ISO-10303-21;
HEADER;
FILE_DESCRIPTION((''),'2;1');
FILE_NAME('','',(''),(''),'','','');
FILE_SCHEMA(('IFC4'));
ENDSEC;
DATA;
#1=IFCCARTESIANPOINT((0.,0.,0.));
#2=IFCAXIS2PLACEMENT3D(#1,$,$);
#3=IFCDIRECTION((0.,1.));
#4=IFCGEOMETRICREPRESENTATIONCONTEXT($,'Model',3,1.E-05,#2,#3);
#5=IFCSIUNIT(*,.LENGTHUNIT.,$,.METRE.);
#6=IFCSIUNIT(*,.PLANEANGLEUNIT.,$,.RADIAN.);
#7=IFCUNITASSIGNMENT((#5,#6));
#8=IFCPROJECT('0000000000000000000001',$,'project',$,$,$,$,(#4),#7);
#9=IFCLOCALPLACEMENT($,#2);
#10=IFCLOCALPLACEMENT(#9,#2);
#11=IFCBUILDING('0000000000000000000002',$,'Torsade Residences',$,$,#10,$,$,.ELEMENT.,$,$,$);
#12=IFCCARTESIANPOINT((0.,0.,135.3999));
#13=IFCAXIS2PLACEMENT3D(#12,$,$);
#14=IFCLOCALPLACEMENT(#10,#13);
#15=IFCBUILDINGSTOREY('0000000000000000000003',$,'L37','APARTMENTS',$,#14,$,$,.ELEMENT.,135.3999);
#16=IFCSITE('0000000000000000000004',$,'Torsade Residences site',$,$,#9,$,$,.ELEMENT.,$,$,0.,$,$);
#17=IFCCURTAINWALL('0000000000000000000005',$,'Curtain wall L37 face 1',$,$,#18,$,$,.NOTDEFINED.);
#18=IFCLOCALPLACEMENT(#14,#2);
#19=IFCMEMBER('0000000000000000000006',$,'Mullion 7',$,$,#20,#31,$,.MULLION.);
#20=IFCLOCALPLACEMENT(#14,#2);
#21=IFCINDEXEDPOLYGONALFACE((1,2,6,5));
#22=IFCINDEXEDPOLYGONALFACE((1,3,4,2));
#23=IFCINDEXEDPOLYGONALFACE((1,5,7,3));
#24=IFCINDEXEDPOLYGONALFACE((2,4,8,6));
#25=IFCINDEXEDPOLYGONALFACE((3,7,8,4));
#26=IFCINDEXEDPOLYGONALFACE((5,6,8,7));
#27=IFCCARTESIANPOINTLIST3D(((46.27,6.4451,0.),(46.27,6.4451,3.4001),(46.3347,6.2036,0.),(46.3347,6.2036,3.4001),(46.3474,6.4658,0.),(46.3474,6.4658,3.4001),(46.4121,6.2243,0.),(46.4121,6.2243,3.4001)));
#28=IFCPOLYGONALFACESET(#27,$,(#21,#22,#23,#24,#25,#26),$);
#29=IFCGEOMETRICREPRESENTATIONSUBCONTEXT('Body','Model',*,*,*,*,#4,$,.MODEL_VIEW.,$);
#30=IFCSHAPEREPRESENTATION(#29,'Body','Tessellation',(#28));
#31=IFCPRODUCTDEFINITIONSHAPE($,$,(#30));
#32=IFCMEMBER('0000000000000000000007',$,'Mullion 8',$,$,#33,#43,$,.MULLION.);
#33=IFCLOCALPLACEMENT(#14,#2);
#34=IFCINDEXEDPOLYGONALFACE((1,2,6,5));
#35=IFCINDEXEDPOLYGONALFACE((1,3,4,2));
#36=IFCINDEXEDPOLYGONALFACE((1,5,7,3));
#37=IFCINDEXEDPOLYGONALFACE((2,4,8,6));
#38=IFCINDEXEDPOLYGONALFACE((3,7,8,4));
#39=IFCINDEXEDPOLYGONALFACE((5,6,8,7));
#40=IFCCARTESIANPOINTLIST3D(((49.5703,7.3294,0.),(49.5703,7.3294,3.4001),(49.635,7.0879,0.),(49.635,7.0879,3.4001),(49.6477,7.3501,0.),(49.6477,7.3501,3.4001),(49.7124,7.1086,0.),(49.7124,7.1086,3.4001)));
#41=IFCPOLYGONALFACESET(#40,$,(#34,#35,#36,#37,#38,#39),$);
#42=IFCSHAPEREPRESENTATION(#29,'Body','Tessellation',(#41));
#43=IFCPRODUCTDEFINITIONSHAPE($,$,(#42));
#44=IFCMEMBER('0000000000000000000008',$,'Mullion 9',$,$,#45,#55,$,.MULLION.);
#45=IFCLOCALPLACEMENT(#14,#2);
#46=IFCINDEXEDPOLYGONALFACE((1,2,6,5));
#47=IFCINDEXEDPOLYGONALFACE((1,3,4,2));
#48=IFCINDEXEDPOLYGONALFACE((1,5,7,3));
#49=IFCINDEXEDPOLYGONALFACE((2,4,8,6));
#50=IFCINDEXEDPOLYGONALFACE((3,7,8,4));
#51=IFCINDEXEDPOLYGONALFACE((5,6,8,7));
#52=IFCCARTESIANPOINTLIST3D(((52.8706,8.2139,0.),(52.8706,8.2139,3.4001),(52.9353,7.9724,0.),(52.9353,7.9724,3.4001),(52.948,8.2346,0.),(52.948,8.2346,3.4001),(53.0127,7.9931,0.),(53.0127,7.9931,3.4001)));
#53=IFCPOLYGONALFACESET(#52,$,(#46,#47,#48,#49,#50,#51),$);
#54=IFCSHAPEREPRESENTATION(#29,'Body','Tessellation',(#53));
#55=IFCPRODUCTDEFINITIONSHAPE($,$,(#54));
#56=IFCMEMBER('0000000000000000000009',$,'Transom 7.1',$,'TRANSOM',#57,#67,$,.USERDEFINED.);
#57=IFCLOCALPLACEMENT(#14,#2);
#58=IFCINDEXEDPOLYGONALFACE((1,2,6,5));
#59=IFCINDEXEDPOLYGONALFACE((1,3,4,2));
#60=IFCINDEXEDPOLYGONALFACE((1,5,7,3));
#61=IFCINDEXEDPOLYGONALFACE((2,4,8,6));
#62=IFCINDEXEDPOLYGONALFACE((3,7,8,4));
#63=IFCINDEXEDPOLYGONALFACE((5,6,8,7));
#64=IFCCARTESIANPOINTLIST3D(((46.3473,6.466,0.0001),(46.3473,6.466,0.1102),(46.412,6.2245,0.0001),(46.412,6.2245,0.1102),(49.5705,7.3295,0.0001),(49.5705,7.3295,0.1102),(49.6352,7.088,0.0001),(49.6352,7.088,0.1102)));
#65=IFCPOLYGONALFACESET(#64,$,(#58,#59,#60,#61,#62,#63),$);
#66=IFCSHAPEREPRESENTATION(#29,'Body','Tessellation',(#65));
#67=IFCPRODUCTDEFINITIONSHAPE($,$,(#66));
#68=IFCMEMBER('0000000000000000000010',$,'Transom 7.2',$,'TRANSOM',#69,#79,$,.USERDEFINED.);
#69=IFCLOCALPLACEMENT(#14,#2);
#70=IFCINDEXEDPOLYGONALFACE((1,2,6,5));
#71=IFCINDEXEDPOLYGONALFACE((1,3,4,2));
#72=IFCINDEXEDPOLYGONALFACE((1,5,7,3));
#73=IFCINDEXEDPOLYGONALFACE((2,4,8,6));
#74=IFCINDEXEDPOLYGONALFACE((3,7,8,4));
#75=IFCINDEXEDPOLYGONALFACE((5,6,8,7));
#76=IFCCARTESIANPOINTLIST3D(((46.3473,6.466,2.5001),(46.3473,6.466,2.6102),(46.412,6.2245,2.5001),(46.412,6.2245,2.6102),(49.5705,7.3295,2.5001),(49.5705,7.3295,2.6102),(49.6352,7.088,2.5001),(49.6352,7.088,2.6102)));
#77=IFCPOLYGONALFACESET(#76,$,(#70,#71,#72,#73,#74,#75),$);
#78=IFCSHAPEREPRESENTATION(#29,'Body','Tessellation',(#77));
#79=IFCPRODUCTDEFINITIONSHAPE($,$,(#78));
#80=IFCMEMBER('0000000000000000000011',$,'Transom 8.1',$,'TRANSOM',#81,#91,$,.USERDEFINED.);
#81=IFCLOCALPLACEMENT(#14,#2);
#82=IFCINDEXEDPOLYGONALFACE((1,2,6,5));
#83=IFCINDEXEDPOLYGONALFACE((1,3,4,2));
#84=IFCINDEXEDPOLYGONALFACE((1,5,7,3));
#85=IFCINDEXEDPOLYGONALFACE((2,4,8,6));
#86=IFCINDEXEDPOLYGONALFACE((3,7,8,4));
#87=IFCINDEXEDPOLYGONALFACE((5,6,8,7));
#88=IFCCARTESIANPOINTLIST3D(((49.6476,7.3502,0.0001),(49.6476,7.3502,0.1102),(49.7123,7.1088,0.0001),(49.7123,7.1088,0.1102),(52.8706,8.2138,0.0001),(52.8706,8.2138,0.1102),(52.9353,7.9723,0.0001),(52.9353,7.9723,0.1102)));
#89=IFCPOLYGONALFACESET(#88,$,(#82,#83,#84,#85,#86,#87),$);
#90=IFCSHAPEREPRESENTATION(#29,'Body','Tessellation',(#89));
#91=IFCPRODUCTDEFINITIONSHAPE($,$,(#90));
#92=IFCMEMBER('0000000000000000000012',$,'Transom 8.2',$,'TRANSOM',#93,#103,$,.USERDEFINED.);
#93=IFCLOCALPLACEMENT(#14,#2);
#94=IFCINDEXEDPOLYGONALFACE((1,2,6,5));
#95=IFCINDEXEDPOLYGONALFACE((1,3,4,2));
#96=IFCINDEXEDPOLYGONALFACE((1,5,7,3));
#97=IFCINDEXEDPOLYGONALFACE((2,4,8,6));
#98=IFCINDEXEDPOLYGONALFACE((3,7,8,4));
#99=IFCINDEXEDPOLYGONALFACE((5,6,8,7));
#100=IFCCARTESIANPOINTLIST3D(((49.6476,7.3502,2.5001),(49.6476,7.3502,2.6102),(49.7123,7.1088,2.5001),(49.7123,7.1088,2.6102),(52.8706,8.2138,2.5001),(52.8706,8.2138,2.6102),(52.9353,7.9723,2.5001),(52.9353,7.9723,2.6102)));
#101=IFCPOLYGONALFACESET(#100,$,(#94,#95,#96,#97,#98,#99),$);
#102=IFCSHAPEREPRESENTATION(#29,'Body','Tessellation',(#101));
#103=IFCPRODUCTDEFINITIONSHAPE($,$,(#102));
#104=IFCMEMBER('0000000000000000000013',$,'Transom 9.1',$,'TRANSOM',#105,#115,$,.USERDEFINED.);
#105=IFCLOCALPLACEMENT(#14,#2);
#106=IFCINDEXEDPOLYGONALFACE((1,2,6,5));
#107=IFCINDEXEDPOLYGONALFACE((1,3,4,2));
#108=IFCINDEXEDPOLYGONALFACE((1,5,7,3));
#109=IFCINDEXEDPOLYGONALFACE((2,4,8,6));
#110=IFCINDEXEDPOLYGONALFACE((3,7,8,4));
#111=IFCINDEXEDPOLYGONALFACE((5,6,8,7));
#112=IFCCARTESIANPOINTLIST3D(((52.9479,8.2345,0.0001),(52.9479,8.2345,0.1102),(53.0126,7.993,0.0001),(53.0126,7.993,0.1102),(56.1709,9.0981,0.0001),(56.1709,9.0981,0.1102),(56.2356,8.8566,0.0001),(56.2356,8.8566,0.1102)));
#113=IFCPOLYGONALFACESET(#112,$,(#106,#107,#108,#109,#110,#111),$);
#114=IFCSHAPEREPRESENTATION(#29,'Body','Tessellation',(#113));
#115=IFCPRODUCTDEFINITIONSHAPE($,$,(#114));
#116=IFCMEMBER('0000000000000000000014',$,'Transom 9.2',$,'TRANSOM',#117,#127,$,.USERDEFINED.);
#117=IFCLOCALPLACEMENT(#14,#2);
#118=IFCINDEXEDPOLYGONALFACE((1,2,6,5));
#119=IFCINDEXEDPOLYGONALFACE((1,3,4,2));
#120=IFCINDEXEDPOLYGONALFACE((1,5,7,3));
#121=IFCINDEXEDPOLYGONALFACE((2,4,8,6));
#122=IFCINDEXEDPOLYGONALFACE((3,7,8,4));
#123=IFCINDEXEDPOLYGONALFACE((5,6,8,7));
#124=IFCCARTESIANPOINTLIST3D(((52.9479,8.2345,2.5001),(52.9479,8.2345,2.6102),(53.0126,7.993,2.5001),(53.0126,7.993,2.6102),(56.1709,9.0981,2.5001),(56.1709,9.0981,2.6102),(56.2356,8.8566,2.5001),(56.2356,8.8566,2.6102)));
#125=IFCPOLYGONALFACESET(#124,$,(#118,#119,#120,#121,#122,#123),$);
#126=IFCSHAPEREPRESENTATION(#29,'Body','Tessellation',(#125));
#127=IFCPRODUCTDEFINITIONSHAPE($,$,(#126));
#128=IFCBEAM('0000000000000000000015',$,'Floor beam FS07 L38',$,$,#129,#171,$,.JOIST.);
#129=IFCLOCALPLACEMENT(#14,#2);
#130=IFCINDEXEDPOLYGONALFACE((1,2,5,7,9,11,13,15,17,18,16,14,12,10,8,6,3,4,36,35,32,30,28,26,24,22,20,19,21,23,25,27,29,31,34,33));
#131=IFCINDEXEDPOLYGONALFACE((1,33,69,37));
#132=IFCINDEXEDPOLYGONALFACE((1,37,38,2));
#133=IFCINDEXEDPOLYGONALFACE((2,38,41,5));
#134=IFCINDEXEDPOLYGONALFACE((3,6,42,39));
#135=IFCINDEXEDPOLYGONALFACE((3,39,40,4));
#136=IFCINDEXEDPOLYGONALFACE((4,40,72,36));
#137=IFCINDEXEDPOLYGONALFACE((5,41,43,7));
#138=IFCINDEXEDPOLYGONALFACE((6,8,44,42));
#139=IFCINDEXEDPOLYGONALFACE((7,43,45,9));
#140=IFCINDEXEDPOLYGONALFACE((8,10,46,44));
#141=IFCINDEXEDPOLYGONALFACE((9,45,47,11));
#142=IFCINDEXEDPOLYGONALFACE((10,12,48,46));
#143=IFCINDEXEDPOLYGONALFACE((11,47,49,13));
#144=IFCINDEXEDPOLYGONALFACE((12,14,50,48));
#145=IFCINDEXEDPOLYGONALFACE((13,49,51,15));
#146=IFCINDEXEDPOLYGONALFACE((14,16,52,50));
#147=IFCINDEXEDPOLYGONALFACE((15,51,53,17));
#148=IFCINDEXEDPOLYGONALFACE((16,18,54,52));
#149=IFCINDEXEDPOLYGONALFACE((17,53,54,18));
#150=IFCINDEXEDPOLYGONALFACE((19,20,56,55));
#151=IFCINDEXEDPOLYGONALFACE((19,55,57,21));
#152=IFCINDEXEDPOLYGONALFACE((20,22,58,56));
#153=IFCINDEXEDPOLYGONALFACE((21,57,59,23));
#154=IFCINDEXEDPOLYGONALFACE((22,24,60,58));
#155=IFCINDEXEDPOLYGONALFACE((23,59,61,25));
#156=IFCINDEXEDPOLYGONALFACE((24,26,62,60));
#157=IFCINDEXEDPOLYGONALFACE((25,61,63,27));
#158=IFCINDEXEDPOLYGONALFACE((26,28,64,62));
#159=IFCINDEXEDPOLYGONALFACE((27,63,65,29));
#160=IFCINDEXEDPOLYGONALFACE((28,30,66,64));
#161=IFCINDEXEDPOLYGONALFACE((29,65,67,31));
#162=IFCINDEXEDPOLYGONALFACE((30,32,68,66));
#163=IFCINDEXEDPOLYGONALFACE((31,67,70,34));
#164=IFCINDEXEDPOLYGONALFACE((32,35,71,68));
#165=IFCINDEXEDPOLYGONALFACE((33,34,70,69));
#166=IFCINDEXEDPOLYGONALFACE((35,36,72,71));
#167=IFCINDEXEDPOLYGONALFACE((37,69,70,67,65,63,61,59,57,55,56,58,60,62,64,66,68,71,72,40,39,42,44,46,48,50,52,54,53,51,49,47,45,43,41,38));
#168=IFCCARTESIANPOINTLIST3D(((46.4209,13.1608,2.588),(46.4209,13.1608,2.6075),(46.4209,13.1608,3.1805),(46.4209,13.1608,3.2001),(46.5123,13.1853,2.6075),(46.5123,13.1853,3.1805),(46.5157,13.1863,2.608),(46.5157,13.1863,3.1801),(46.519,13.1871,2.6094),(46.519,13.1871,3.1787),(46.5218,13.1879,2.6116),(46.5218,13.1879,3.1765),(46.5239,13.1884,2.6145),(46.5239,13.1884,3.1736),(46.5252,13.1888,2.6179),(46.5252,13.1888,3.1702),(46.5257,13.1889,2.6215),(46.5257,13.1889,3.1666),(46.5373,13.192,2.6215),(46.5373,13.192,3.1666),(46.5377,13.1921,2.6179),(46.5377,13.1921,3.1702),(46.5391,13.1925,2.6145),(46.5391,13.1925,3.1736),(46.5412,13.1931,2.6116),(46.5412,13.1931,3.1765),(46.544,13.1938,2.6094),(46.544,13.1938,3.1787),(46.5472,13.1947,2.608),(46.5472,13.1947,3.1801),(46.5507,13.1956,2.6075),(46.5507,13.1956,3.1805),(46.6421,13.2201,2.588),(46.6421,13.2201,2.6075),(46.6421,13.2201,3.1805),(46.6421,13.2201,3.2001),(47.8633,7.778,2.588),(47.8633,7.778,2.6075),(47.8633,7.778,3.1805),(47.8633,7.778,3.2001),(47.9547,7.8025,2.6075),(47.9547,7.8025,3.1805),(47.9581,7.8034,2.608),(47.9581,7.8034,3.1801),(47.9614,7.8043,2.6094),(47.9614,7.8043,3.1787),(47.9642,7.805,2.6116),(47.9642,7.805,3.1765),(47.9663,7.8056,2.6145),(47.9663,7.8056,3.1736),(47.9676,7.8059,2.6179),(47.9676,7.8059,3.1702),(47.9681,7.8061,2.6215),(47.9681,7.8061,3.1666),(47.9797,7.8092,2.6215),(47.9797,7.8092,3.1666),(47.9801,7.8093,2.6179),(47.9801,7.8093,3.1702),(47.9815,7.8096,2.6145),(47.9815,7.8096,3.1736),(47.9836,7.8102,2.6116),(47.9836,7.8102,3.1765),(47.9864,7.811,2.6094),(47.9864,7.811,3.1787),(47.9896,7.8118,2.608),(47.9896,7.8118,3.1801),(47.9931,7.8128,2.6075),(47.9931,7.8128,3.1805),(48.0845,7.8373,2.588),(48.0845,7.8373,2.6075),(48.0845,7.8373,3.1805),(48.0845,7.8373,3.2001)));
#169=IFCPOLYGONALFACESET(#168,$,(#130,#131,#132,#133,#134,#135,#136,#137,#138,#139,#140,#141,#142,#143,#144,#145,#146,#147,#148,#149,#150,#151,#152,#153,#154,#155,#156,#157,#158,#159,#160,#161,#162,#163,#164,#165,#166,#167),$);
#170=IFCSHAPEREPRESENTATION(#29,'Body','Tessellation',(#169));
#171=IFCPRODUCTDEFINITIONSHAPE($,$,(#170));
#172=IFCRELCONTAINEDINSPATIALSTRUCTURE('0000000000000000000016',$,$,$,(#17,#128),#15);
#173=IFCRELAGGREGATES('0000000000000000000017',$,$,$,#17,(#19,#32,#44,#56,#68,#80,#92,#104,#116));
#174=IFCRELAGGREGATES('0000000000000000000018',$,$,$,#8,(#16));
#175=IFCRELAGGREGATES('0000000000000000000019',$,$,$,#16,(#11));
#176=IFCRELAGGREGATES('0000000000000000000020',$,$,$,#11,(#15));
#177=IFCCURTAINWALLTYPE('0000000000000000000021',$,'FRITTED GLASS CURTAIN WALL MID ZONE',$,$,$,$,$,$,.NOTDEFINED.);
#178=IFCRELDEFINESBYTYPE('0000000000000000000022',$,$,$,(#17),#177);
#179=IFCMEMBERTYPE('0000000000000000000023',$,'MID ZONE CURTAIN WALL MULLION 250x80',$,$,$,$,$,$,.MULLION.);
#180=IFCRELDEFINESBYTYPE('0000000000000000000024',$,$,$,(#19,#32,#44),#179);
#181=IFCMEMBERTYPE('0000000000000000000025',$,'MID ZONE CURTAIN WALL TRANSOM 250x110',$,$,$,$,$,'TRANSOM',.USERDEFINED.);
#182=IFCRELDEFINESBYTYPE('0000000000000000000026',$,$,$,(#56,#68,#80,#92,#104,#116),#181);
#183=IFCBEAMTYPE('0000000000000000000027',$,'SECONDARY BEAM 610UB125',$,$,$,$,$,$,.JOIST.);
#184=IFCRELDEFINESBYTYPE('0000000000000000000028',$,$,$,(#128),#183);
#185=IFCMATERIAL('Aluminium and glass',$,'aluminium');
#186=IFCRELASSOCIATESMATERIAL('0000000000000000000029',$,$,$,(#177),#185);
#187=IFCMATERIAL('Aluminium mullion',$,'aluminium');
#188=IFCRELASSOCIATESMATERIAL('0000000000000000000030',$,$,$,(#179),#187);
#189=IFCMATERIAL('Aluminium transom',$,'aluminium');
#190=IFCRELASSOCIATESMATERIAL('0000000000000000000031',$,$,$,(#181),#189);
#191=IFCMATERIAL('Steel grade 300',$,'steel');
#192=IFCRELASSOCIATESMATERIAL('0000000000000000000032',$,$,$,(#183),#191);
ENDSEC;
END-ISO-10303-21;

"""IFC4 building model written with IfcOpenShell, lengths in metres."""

from ifc_helpers import new_model, si_unit, direction, frame, origin, origin_2d, place, context, subcontext, project, spatial, rectangle, i_section, extrude, material, material_profile, profile_set, type_object, element, aggregate, save


model = new_model("IFC4")

# Units and contexts
model_context = context("Model", 3, precision=1e-05, world=origin(), true_north=direction((0.0, 1.0)))
body_context = subcontext(model_context, "Body", "Model", "MODEL_VIEW")
ifc_project = project(units=[si_unit("LENGTHUNIT", "METRE"), si_unit("PLANEANGLEUNIT", "RADIAN")], contexts=[model_context])

# Site, building, storey
site_placement = place(None, origin())
site = spatial("IfcSite", under=ifc_project, at=site_placement, Name="Torsade Residences site", CompositionType="ELEMENT", RefElevation=0.0)
building_placement = place(site_placement, origin())
building = spatial("IfcBuilding", under=site, at=building_placement, Name="Torsade Residences", CompositionType="ELEMENT")
storey_placement = place(building_placement, frame((0.0, 0.0, 135.3999)))
storey = spatial("IfcBuildingStorey", under=building, at=storey_placement, Name="L37", Description="APARTMENTS", CompositionType="ELEMENT", Elevation=135.3999)

# Curtain wall, members
ifc_material_1 = material(Name="Aluminium and glass", Category="aluminium")
curtain_wall_type = type_object("IfcCurtainWallType", Name="FRITTED GLASS CURTAIN WALL MID ZONE", PredefinedType="NOTDEFINED", material=ifc_material_1)
curtain_wall_placement = place(storey_placement, origin())
curtain_wall = element("IfcCurtainWall", 1, at=curtain_wall_placement, inside=storey, type_object=curtain_wall_type, Name="Curtain wall L37 face 1", PredefinedType="NOTDEFINED")
ifc_material_2 = material(Name="Aluminium mullion", Category="aluminium")
ifc_material_profile_1 = material_profile(ifc_material_2, rectangle(XDim=0.25, YDim=0.0801, at=origin_2d()), Name="MID ZONE CURTAIN WALL MULLION 250x80")
ifc_profile_set_1 = profile_set([ifc_material_profile_1], Name="Aluminium mullion")
member_type_1 = type_object("IfcMemberType", Name="MID ZONE CURTAIN WALL MULLION 250x80", PredefinedType="MULLION", material=ifc_profile_set_1)
member_1_placement = place(storey_placement, frame((46.3411, 6.3347, 0.0), z_axis=(0.0, 0.0, 1.0), x_axis=(-0.258819, 0.965926, 0.0)))
member_1 = element("IfcMember", 2, at=member_1_placement, type_object=member_type_1, Name="Mullion 7", PredefinedType="MULLION", context=body_context, shape_type="SweptSolid", body=[
    extrude(rectangle(XDim=0.25, YDim=0.0801, at=origin_2d()), origin(), (0.0, 0.0, 1.0), 3.4001),
])
member_2_placement = place(storey_placement, frame((49.6414, 7.219, 0.0), z_axis=(0.0, 0.0, 1.0), x_axis=(-0.258819, 0.965926, 0.0)))
member_2 = element("IfcMember", 3, at=member_2_placement, type_object=member_type_1, Name="Mullion 8", PredefinedType="MULLION", context=body_context, shape_type="SweptSolid", body=[
    extrude(rectangle(XDim=0.25, YDim=0.0801, at=origin_2d()), origin(), (0.0, 0.0, 1.0), 3.4001),
])
member_3_placement = place(storey_placement, frame((52.9417, 8.1035, 0.0), z_axis=(0.0, 0.0, 1.0), x_axis=(-0.258819, 0.965926, 0.0)))
member_3 = element("IfcMember", 4, at=member_3_placement, type_object=member_type_1, Name="Mullion 9", PredefinedType="MULLION", context=body_context, shape_type="SweptSolid", body=[
    extrude(rectangle(XDim=0.25, YDim=0.0801, at=origin_2d()), origin(), (0.0, 0.0, 1.0), 3.4001),
])
ifc_material_3 = material(Name="Aluminium transom", Category="aluminium")
ifc_material_profile_2 = material_profile(ifc_material_3, rectangle(XDim=0.25, YDim=0.1101, at=origin_2d()), Name="MID ZONE CURTAIN WALL TRANSOM 250x110")
ifc_profile_set_2 = profile_set([ifc_material_profile_2], Name="Aluminium transom")
member_type_2 = type_object("IfcMemberType", Name="MID ZONE CURTAIN WALL TRANSOM 250x110", ElementType="TRANSOM", PredefinedType="USERDEFINED", material=ifc_profile_set_2)
member_4_placement = place(storey_placement, frame((46.3796, 6.3452, 0.0552), z_axis=(0.965934, 0.258787, 0.0), x_axis=(-0.258787, 0.965934, 0.0)))
member_4 = element("IfcMember", 5, at=member_4_placement, type_object=member_type_2, Name="Transom 7.1", ObjectType="TRANSOM", PredefinedType="USERDEFINED", context=body_context, shape_type="SweptSolid", body=[
    extrude(rectangle(XDim=0.25, YDim=0.1101, at=origin_2d()), origin(), (0.0, 0.0, 1.0), 3.3369),
])
member_5_placement = place(storey_placement, frame((46.3796, 6.3452, 2.5552), z_axis=(0.965934, 0.258787, 0.0), x_axis=(-0.258787, 0.965934, 0.0)))
member_5 = element("IfcMember", 6, at=member_5_placement, type_object=member_type_2, Name="Transom 7.2", ObjectType="TRANSOM", PredefinedType="USERDEFINED", context=body_context, shape_type="SweptSolid", body=[
    extrude(rectangle(XDim=0.25, YDim=0.1101, at=origin_2d()), origin(), (0.0, 0.0, 1.0), 3.3369),
])
member_6_placement = place(storey_placement, frame((49.6799, 7.2295, 0.0552), z_axis=(0.965929, 0.258806, 0.0), x_axis=(-0.258806, 0.965929, 0.0)))
member_6 = element("IfcMember", 7, at=member_6_placement, type_object=member_type_2, Name="Transom 8.1", ObjectType="TRANSOM", PredefinedType="USERDEFINED", context=body_context, shape_type="SweptSolid", body=[
    extrude(rectangle(XDim=0.25, YDim=0.1101, at=origin_2d()), origin(), (0.0, 0.0, 1.0), 3.3367),
])
member_7_placement = place(storey_placement, frame((49.6799, 7.2295, 2.5552), z_axis=(0.965929, 0.258806, 0.0), x_axis=(-0.258806, 0.965929, 0.0)))
member_7 = element("IfcMember", 8, at=member_7_placement, type_object=member_type_2, Name="Transom 8.2", ObjectType="TRANSOM", PredefinedType="USERDEFINED", context=body_context, shape_type="SweptSolid", body=[
    extrude(rectangle(XDim=0.25, YDim=0.1101, at=origin_2d()), origin(), (0.0, 0.0, 1.0), 3.3367),
])
member_8_placement = place(storey_placement, frame((52.9802, 8.1138, 0.0552), z_axis=(0.965929, 0.258806, 0.0), x_axis=(-0.258806, 0.965929, 0.0)))
member_8 = element("IfcMember", 9, at=member_8_placement, type_object=member_type_2, Name="Transom 9.1", ObjectType="TRANSOM", PredefinedType="USERDEFINED", context=body_context, shape_type="SweptSolid", body=[
    extrude(rectangle(XDim=0.25, YDim=0.1101, at=origin_2d()), origin(), (0.0, 0.0, 1.0), 3.3367),
])
member_9_placement = place(storey_placement, frame((52.9802, 8.1138, 2.5552), z_axis=(0.965929, 0.258806, 0.0), x_axis=(-0.258806, 0.965929, 0.0)))
member_9 = element("IfcMember", 10, at=member_9_placement, type_object=member_type_2, Name="Transom 9.2", ObjectType="TRANSOM", PredefinedType="USERDEFINED", context=body_context, shape_type="SweptSolid", body=[
    extrude(rectangle(XDim=0.25, YDim=0.1101, at=origin_2d()), origin(), (0.0, 0.0, 1.0), 3.3367),
])

# Beam
ifc_material_4 = material(Name="Steel grade 300", Category="steel")
ifc_material_profile_3 = material_profile(ifc_material_4, i_section(OverallWidth=0.229, OverallDepth=0.6121, WebThickness=0.012, FlangeThickness=0.0195, FilletRadius=0.0139, at=origin_2d()), Name="610UB125")
ifc_profile_set_3 = profile_set([ifc_material_profile_3], Name="Steel grade 300")
beam_type = type_object("IfcBeamType", Name="SECONDARY BEAM 610UB125", PredefinedType="JOIST", material=ifc_profile_set_3)
beam_1_placement = place(storey_placement, frame((47.9739, 7.8076, 2.894), z_axis=(-0.25883, 0.965923, 0.0), x_axis=(-0.965923, -0.25883, 0.0)))
element("IfcBeam", 11, at=beam_1_placement, inside=storey, type_object=beam_type, Name="Floor beam FS07 L38", PredefinedType="JOIST", context=body_context, shape_type="SweptSolid", body=[
    extrude(i_section(OverallWidth=0.229, OverallDepth=0.6121, WebThickness=0.012, FlangeThickness=0.0195, FilletRadius=0.0139, at=origin_2d()), origin(), (0.0, 0.0, 1.0), 5.5728),
])

aggregate(curtain_wall, [member_1, member_2, member_3, member_4, member_5, member_6, member_7, member_8, member_9])

save(model, "model.ifc")
